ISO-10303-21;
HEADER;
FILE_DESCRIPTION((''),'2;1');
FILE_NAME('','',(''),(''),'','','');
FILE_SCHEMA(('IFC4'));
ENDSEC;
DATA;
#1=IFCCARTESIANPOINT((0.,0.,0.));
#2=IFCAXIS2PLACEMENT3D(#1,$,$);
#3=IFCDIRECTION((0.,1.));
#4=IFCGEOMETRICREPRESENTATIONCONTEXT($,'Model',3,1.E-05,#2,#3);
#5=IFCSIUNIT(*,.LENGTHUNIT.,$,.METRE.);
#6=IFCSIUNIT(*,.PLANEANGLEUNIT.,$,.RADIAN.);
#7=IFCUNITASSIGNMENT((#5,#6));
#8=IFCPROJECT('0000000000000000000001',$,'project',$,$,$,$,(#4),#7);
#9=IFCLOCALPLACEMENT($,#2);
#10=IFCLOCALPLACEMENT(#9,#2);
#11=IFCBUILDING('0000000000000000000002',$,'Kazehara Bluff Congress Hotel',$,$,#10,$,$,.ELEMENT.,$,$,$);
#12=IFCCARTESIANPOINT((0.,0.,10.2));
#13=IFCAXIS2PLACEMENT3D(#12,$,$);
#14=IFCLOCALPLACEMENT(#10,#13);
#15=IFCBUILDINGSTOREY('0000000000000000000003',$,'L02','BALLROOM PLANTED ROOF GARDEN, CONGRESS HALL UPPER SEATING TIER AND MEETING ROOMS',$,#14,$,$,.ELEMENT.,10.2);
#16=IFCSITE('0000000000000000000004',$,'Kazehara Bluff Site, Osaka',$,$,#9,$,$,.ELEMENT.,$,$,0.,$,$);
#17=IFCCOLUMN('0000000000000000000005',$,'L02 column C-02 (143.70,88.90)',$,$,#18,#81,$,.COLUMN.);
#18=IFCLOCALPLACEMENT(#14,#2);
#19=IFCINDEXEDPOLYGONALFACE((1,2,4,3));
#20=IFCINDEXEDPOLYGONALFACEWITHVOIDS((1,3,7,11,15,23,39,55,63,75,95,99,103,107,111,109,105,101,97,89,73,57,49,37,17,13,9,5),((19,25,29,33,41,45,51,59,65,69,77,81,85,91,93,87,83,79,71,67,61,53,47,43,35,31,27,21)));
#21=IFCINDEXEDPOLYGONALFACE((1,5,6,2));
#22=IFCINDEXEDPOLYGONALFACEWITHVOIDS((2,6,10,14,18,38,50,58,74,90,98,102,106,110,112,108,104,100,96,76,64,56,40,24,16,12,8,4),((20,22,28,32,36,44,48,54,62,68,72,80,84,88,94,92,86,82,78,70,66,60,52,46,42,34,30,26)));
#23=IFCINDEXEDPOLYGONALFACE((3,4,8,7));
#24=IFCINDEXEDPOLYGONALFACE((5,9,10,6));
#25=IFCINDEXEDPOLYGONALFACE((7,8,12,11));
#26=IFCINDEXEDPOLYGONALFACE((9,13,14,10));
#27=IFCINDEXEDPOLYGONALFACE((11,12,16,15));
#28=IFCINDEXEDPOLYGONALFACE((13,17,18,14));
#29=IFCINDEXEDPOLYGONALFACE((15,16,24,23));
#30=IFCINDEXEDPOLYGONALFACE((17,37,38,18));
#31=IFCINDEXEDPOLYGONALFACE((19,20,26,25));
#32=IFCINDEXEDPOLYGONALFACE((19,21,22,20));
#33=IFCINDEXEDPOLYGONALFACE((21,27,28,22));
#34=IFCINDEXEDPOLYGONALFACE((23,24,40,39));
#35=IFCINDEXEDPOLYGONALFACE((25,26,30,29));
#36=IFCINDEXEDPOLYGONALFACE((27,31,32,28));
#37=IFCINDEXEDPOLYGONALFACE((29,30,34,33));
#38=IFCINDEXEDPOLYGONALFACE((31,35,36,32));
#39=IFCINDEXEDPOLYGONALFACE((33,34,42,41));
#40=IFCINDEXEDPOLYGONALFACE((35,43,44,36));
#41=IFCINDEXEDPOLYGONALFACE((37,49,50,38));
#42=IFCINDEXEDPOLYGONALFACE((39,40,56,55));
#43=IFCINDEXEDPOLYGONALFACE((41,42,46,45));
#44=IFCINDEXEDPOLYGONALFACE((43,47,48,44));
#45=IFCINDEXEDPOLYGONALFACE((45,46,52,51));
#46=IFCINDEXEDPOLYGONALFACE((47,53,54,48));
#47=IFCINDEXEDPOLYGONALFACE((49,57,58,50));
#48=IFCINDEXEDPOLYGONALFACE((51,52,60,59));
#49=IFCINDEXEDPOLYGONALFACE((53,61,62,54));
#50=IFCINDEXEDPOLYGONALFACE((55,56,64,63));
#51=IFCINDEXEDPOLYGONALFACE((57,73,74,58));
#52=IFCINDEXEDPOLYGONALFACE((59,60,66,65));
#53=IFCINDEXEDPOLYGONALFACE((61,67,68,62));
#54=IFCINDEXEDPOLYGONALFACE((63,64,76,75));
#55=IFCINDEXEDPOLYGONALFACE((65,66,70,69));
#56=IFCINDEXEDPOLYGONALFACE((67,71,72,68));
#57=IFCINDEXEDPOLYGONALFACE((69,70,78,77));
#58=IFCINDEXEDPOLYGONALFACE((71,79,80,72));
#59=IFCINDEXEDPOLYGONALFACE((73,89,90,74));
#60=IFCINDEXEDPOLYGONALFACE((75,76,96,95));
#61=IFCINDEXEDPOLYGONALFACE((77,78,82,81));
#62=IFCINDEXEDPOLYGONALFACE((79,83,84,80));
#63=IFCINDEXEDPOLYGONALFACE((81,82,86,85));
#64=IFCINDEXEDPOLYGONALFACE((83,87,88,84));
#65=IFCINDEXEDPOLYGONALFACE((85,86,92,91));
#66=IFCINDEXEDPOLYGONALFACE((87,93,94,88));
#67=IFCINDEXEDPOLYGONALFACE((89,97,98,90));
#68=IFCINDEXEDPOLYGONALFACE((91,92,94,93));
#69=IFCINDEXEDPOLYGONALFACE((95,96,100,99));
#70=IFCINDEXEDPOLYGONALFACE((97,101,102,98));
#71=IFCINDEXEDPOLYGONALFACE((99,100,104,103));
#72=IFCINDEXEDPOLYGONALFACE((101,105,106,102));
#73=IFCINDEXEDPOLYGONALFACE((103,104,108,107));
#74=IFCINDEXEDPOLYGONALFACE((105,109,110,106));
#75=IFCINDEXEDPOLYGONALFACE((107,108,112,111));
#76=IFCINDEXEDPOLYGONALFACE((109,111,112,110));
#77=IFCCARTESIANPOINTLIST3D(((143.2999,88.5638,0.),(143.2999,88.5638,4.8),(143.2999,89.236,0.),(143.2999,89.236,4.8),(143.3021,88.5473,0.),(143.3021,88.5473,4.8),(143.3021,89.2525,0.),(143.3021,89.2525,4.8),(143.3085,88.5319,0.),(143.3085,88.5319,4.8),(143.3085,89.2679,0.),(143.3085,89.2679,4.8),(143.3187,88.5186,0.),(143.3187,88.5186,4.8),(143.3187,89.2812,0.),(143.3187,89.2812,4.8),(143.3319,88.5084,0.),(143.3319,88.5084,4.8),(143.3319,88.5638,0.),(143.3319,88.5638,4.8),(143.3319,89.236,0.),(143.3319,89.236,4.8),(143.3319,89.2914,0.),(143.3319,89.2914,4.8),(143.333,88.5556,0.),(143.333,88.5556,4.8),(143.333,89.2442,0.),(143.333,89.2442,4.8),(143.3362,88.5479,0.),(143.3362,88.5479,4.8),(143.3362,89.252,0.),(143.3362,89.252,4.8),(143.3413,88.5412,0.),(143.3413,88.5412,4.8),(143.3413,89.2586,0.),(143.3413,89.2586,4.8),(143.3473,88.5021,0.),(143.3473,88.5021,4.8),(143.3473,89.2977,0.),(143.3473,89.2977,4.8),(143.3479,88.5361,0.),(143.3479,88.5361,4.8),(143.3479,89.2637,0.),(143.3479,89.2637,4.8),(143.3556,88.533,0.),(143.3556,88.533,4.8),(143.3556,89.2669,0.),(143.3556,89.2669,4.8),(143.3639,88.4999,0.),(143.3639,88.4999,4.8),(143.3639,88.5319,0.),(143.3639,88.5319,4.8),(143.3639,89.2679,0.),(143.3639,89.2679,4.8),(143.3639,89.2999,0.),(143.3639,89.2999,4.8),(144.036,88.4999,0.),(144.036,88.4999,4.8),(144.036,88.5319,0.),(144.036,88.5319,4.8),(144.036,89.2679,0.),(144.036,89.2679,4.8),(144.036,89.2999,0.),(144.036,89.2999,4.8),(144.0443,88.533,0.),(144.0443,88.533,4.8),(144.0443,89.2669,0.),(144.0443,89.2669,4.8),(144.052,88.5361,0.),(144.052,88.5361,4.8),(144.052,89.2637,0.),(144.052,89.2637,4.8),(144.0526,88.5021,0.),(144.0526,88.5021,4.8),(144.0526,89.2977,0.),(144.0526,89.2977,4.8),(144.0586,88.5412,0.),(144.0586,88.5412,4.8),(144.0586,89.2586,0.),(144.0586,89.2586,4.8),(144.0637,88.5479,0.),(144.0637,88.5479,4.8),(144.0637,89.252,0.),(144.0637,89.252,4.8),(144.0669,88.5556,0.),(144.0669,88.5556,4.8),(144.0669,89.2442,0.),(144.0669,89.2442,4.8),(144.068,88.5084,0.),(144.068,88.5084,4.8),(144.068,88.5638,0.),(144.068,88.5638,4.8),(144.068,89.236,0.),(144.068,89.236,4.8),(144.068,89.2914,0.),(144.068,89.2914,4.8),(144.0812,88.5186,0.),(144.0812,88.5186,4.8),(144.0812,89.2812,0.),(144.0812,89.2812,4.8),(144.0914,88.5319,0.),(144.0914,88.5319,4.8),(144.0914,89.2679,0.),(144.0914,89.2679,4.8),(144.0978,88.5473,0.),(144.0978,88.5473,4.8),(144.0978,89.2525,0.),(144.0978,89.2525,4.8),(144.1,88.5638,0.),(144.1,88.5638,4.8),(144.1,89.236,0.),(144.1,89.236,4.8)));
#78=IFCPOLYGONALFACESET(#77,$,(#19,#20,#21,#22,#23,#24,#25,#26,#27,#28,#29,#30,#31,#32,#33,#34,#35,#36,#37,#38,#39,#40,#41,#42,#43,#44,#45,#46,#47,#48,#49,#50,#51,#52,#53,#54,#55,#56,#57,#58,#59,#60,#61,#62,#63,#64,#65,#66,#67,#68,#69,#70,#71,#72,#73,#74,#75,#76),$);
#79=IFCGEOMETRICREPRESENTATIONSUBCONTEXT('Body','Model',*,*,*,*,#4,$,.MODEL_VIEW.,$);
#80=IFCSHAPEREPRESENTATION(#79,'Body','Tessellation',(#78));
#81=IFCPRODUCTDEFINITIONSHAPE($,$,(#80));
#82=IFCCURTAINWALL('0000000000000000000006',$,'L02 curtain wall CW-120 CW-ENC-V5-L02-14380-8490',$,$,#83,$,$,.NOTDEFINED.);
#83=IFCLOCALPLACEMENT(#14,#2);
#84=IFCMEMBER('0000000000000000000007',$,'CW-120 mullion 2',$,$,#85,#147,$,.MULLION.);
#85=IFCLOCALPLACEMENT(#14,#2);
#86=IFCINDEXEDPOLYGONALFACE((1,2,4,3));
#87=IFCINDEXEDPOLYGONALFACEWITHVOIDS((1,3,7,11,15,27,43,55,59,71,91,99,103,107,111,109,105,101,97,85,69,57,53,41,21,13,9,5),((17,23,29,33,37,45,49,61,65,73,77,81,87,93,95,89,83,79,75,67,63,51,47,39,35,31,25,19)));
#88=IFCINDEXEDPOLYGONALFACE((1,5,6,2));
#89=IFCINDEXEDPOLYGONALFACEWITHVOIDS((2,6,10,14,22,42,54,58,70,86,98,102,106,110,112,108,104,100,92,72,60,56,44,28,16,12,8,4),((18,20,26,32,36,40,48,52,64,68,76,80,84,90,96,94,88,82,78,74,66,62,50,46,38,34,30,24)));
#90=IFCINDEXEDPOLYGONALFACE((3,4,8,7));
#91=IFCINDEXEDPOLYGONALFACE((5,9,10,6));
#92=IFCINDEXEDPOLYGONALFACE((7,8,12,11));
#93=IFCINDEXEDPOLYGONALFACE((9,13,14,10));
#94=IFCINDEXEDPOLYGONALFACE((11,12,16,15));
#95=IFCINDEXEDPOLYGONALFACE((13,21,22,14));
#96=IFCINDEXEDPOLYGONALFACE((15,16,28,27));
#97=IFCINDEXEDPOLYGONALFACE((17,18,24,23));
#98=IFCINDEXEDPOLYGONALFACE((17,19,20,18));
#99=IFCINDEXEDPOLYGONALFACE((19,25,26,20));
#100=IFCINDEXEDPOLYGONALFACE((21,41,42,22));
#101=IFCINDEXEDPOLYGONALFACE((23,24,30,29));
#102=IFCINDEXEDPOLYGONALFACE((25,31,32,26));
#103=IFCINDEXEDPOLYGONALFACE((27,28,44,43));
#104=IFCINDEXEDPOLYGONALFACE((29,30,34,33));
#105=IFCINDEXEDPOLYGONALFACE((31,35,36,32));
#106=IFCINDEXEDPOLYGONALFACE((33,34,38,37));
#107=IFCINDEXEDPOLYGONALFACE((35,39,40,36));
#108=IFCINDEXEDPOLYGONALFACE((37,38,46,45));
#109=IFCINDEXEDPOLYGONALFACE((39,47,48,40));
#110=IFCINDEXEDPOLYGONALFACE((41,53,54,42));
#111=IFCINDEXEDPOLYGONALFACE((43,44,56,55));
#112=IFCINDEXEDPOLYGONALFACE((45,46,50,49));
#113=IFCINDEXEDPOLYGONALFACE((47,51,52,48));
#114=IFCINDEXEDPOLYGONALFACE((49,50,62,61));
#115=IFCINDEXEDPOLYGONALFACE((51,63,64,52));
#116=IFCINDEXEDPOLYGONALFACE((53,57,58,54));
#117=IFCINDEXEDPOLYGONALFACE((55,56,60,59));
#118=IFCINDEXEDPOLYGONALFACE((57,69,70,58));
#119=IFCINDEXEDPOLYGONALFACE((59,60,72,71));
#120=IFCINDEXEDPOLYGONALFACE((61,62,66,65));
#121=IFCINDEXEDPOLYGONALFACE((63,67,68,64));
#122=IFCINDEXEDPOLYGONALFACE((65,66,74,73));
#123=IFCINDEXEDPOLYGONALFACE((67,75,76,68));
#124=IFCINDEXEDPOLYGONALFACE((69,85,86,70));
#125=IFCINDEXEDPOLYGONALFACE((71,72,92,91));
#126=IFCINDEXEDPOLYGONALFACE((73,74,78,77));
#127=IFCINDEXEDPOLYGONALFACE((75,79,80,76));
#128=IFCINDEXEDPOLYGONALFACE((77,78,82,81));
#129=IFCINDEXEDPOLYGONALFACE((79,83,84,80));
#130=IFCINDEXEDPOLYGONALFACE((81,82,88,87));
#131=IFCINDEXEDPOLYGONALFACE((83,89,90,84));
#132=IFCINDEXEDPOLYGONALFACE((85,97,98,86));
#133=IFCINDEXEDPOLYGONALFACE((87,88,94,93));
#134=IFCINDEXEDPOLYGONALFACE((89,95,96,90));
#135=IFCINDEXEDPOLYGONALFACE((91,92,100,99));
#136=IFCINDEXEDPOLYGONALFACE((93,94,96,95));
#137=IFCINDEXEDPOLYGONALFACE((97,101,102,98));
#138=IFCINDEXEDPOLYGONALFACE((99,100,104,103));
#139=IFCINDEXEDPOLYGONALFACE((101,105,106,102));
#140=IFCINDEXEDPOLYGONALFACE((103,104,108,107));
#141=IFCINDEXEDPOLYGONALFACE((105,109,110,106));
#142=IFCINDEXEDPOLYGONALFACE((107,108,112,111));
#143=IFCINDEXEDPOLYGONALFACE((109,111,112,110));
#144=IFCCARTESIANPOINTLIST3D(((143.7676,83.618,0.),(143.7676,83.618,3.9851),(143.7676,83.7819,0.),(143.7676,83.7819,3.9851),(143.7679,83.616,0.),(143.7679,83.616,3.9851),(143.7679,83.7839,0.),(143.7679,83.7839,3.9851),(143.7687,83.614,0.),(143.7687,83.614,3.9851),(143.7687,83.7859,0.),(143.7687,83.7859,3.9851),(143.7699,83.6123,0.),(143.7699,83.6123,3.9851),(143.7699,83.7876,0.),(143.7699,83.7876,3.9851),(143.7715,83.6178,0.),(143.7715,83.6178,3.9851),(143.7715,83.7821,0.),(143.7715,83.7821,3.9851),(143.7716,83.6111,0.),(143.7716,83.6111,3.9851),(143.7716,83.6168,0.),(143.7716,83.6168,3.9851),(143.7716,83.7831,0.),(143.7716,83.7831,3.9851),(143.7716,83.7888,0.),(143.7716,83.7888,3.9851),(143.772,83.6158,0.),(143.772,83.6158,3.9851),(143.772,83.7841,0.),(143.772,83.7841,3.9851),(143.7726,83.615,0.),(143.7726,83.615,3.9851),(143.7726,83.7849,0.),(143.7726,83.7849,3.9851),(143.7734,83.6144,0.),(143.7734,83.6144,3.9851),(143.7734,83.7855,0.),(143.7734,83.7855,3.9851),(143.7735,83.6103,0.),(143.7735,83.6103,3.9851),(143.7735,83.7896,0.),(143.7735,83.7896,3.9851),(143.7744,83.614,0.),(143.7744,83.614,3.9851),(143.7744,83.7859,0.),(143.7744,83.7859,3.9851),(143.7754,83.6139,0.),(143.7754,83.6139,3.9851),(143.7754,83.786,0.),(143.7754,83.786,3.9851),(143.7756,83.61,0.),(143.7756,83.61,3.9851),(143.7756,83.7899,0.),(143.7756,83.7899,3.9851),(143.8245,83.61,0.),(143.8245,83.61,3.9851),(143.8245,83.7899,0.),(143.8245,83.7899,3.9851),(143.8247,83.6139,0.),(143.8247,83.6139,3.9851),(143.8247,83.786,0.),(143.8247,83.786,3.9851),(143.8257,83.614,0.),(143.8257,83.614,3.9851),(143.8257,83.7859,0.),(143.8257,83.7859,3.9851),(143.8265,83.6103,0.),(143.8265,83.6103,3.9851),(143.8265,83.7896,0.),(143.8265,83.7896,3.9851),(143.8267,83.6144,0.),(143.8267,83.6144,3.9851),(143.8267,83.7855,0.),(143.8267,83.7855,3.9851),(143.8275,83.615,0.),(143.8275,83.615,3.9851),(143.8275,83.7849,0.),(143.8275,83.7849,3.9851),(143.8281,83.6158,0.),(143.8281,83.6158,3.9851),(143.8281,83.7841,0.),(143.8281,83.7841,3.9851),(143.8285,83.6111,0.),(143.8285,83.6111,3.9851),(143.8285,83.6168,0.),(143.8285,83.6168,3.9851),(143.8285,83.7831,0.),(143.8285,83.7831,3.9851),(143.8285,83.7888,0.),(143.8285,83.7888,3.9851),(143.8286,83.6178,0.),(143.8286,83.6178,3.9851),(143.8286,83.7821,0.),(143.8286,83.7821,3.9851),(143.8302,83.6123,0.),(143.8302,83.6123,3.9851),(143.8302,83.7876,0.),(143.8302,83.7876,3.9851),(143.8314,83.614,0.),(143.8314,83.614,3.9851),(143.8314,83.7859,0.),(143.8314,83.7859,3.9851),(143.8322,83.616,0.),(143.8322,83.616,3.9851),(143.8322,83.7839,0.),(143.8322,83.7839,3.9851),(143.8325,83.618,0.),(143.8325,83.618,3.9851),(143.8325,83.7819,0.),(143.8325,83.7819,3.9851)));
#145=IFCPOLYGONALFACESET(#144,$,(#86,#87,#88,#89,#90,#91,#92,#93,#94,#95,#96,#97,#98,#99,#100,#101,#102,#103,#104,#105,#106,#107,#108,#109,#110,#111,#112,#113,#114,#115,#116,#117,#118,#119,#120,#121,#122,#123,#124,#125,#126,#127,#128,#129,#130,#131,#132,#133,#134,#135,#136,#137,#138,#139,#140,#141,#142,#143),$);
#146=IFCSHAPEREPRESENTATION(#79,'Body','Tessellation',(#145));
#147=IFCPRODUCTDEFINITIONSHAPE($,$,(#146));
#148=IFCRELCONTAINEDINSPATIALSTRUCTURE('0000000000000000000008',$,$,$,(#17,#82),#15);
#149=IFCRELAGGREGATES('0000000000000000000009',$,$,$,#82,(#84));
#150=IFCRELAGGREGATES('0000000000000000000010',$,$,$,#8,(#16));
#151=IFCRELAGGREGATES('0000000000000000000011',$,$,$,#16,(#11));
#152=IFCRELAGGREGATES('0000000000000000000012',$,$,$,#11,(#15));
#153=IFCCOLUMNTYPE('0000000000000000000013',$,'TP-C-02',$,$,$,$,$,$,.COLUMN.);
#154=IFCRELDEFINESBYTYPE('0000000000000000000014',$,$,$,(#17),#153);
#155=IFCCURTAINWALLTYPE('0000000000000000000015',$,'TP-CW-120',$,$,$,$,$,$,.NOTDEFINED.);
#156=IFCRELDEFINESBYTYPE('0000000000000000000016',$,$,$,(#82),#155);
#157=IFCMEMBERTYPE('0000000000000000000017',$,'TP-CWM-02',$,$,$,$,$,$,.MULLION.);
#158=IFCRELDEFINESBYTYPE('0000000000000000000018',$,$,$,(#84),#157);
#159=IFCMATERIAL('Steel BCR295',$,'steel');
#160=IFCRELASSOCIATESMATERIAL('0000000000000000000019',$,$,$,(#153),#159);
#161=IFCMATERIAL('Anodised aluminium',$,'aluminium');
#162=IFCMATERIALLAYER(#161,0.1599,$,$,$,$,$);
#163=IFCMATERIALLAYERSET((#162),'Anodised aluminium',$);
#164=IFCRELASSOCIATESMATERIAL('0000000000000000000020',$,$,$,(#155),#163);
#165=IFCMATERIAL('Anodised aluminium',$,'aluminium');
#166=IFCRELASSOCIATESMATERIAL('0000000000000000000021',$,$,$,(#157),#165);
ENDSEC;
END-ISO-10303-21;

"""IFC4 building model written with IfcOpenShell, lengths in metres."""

from ifc_helpers import new_model, si_unit, direction, frame, origin, origin_2d, place, context, subcontext, project, spatial, hollow_rectangle, extrude, material, layer, layer_set, material_profile, profile_set, type_object, element, aggregate, save


model = new_model("IFC4")

# Units and contexts
model_context = context("Model", 3, precision=1e-05, world=origin(), true_north=direction((0.0, 1.0)))
body_context = subcontext(model_context, "Body", "Model", "MODEL_VIEW")
ifc_project = project(units=[si_unit("LENGTHUNIT", "METRE"), si_unit("PLANEANGLEUNIT", "RADIAN")], contexts=[model_context])

# Site, building, storey
site_placement = place(None, origin())
site = spatial("IfcSite", under=ifc_project, at=site_placement, Name="Kazehara Bluff Site, Osaka", CompositionType="ELEMENT", RefElevation=0.0)
building_placement = place(site_placement, origin())
building = spatial("IfcBuilding", under=site, at=building_placement, Name="Kazehara Bluff Congress Hotel", CompositionType="ELEMENT")
storey_placement = place(building_placement, frame((0.0, 0.0, 10.2)))
storey = spatial("IfcBuildingStorey", under=building, at=storey_placement, Name="L02", Description="BALLROOM PLANTED ROOF GARDEN, CONGRESS HALL UPPER SEATING TIER AND MEETING ROOMS", CompositionType="ELEMENT", Elevation=10.2)

# Column
ifc_material_1 = material(Name="Steel BCR295", Category="steel")
ifc_material_profile_1 = material_profile(ifc_material_1, hollow_rectangle(XDim=0.8, YDim=0.8, WallThickness=0.032, InnerFilletRadius=0.032, OuterFilletRadius=0.064, at=origin_2d()))
ifc_profile_set_1 = profile_set([ifc_material_profile_1], Name="Steel BCR295")
column_type = type_object("IfcColumnType", Name="TP-C-02", PredefinedType="COLUMN", material=ifc_profile_set_1)
column_placement = place(storey_placement, frame((143.7, 88.8999, 0.0), z_axis=(0.0, 0.0, 1.0), x_axis=(1.0, 0.0, 0.0)))
element("IfcColumn", 1, at=column_placement, inside=storey, type_object=column_type, Name="L02 column C-02 (143.70,88.90)", PredefinedType="COLUMN", context=body_context, shape_type="SweptSolid", body=[
    extrude(hollow_rectangle(XDim=0.8, YDim=0.8, WallThickness=0.032, InnerFilletRadius=0.032, OuterFilletRadius=0.064, at=origin_2d()), origin(), (0.0, 0.0, 1.0), 4.8),
])

# Curtain wall, member
ifc_material_2 = material(Name="Anodised aluminium", Category="aluminium")
ifc_layer_1 = layer(ifc_material_2, 0.1599)
ifc_layer_set_1 = layer_set([ifc_layer_1], Name="Anodised aluminium")
curtain_wall_type = type_object("IfcCurtainWallType", Name="TP-CW-120", PredefinedType="NOTDEFINED", material=ifc_layer_set_1)
curtain_wall_1_placement = place(storey_placement, origin())
curtain_wall_1 = element("IfcCurtainWall", 2, at=curtain_wall_1_placement, inside=storey, type_object=curtain_wall_type, Name="L02 curtain wall CW-120 CW-ENC-V5-L02-14380-8490", PredefinedType="NOTDEFINED")
ifc_material_3 = material(Name="Anodised aluminium", Category="aluminium")
ifc_material_profile_2 = material_profile(ifc_material_3, hollow_rectangle(XDim=0.0649, YDim=0.1799, WallThickness=0.0039, InnerFilletRadius=0.0039, OuterFilletRadius=0.0081, at=origin_2d()))
ifc_profile_set_2 = profile_set([ifc_material_profile_2], Name="Anodised aluminium")
member_type_1 = type_object("IfcMemberType", Name="TP-CWM-02", PredefinedType="MULLION", material=ifc_profile_set_2)
member_1_placement = place(storey_placement, frame((143.8, 83.7, 0.0), z_axis=(0.0, 0.0, 1.0), x_axis=(-1.0, 0.0, 0.0)))
member_1 = element("IfcMember", 3, at=member_1_placement, type_object=member_type_1, Name="CW-120 mullion 2", PredefinedType="MULLION", context=body_context, shape_type="SweptSolid", body=[
    extrude(hollow_rectangle(XDim=0.0649, YDim=0.1799, WallThickness=0.0039, InnerFilletRadius=0.0039, OuterFilletRadius=0.0081, at=origin_2d()), origin(), (0.0, 0.0, 1.0), 3.9851),
])

aggregate(curtain_wall_1, [member_1])

save(model, "model.ifc")
